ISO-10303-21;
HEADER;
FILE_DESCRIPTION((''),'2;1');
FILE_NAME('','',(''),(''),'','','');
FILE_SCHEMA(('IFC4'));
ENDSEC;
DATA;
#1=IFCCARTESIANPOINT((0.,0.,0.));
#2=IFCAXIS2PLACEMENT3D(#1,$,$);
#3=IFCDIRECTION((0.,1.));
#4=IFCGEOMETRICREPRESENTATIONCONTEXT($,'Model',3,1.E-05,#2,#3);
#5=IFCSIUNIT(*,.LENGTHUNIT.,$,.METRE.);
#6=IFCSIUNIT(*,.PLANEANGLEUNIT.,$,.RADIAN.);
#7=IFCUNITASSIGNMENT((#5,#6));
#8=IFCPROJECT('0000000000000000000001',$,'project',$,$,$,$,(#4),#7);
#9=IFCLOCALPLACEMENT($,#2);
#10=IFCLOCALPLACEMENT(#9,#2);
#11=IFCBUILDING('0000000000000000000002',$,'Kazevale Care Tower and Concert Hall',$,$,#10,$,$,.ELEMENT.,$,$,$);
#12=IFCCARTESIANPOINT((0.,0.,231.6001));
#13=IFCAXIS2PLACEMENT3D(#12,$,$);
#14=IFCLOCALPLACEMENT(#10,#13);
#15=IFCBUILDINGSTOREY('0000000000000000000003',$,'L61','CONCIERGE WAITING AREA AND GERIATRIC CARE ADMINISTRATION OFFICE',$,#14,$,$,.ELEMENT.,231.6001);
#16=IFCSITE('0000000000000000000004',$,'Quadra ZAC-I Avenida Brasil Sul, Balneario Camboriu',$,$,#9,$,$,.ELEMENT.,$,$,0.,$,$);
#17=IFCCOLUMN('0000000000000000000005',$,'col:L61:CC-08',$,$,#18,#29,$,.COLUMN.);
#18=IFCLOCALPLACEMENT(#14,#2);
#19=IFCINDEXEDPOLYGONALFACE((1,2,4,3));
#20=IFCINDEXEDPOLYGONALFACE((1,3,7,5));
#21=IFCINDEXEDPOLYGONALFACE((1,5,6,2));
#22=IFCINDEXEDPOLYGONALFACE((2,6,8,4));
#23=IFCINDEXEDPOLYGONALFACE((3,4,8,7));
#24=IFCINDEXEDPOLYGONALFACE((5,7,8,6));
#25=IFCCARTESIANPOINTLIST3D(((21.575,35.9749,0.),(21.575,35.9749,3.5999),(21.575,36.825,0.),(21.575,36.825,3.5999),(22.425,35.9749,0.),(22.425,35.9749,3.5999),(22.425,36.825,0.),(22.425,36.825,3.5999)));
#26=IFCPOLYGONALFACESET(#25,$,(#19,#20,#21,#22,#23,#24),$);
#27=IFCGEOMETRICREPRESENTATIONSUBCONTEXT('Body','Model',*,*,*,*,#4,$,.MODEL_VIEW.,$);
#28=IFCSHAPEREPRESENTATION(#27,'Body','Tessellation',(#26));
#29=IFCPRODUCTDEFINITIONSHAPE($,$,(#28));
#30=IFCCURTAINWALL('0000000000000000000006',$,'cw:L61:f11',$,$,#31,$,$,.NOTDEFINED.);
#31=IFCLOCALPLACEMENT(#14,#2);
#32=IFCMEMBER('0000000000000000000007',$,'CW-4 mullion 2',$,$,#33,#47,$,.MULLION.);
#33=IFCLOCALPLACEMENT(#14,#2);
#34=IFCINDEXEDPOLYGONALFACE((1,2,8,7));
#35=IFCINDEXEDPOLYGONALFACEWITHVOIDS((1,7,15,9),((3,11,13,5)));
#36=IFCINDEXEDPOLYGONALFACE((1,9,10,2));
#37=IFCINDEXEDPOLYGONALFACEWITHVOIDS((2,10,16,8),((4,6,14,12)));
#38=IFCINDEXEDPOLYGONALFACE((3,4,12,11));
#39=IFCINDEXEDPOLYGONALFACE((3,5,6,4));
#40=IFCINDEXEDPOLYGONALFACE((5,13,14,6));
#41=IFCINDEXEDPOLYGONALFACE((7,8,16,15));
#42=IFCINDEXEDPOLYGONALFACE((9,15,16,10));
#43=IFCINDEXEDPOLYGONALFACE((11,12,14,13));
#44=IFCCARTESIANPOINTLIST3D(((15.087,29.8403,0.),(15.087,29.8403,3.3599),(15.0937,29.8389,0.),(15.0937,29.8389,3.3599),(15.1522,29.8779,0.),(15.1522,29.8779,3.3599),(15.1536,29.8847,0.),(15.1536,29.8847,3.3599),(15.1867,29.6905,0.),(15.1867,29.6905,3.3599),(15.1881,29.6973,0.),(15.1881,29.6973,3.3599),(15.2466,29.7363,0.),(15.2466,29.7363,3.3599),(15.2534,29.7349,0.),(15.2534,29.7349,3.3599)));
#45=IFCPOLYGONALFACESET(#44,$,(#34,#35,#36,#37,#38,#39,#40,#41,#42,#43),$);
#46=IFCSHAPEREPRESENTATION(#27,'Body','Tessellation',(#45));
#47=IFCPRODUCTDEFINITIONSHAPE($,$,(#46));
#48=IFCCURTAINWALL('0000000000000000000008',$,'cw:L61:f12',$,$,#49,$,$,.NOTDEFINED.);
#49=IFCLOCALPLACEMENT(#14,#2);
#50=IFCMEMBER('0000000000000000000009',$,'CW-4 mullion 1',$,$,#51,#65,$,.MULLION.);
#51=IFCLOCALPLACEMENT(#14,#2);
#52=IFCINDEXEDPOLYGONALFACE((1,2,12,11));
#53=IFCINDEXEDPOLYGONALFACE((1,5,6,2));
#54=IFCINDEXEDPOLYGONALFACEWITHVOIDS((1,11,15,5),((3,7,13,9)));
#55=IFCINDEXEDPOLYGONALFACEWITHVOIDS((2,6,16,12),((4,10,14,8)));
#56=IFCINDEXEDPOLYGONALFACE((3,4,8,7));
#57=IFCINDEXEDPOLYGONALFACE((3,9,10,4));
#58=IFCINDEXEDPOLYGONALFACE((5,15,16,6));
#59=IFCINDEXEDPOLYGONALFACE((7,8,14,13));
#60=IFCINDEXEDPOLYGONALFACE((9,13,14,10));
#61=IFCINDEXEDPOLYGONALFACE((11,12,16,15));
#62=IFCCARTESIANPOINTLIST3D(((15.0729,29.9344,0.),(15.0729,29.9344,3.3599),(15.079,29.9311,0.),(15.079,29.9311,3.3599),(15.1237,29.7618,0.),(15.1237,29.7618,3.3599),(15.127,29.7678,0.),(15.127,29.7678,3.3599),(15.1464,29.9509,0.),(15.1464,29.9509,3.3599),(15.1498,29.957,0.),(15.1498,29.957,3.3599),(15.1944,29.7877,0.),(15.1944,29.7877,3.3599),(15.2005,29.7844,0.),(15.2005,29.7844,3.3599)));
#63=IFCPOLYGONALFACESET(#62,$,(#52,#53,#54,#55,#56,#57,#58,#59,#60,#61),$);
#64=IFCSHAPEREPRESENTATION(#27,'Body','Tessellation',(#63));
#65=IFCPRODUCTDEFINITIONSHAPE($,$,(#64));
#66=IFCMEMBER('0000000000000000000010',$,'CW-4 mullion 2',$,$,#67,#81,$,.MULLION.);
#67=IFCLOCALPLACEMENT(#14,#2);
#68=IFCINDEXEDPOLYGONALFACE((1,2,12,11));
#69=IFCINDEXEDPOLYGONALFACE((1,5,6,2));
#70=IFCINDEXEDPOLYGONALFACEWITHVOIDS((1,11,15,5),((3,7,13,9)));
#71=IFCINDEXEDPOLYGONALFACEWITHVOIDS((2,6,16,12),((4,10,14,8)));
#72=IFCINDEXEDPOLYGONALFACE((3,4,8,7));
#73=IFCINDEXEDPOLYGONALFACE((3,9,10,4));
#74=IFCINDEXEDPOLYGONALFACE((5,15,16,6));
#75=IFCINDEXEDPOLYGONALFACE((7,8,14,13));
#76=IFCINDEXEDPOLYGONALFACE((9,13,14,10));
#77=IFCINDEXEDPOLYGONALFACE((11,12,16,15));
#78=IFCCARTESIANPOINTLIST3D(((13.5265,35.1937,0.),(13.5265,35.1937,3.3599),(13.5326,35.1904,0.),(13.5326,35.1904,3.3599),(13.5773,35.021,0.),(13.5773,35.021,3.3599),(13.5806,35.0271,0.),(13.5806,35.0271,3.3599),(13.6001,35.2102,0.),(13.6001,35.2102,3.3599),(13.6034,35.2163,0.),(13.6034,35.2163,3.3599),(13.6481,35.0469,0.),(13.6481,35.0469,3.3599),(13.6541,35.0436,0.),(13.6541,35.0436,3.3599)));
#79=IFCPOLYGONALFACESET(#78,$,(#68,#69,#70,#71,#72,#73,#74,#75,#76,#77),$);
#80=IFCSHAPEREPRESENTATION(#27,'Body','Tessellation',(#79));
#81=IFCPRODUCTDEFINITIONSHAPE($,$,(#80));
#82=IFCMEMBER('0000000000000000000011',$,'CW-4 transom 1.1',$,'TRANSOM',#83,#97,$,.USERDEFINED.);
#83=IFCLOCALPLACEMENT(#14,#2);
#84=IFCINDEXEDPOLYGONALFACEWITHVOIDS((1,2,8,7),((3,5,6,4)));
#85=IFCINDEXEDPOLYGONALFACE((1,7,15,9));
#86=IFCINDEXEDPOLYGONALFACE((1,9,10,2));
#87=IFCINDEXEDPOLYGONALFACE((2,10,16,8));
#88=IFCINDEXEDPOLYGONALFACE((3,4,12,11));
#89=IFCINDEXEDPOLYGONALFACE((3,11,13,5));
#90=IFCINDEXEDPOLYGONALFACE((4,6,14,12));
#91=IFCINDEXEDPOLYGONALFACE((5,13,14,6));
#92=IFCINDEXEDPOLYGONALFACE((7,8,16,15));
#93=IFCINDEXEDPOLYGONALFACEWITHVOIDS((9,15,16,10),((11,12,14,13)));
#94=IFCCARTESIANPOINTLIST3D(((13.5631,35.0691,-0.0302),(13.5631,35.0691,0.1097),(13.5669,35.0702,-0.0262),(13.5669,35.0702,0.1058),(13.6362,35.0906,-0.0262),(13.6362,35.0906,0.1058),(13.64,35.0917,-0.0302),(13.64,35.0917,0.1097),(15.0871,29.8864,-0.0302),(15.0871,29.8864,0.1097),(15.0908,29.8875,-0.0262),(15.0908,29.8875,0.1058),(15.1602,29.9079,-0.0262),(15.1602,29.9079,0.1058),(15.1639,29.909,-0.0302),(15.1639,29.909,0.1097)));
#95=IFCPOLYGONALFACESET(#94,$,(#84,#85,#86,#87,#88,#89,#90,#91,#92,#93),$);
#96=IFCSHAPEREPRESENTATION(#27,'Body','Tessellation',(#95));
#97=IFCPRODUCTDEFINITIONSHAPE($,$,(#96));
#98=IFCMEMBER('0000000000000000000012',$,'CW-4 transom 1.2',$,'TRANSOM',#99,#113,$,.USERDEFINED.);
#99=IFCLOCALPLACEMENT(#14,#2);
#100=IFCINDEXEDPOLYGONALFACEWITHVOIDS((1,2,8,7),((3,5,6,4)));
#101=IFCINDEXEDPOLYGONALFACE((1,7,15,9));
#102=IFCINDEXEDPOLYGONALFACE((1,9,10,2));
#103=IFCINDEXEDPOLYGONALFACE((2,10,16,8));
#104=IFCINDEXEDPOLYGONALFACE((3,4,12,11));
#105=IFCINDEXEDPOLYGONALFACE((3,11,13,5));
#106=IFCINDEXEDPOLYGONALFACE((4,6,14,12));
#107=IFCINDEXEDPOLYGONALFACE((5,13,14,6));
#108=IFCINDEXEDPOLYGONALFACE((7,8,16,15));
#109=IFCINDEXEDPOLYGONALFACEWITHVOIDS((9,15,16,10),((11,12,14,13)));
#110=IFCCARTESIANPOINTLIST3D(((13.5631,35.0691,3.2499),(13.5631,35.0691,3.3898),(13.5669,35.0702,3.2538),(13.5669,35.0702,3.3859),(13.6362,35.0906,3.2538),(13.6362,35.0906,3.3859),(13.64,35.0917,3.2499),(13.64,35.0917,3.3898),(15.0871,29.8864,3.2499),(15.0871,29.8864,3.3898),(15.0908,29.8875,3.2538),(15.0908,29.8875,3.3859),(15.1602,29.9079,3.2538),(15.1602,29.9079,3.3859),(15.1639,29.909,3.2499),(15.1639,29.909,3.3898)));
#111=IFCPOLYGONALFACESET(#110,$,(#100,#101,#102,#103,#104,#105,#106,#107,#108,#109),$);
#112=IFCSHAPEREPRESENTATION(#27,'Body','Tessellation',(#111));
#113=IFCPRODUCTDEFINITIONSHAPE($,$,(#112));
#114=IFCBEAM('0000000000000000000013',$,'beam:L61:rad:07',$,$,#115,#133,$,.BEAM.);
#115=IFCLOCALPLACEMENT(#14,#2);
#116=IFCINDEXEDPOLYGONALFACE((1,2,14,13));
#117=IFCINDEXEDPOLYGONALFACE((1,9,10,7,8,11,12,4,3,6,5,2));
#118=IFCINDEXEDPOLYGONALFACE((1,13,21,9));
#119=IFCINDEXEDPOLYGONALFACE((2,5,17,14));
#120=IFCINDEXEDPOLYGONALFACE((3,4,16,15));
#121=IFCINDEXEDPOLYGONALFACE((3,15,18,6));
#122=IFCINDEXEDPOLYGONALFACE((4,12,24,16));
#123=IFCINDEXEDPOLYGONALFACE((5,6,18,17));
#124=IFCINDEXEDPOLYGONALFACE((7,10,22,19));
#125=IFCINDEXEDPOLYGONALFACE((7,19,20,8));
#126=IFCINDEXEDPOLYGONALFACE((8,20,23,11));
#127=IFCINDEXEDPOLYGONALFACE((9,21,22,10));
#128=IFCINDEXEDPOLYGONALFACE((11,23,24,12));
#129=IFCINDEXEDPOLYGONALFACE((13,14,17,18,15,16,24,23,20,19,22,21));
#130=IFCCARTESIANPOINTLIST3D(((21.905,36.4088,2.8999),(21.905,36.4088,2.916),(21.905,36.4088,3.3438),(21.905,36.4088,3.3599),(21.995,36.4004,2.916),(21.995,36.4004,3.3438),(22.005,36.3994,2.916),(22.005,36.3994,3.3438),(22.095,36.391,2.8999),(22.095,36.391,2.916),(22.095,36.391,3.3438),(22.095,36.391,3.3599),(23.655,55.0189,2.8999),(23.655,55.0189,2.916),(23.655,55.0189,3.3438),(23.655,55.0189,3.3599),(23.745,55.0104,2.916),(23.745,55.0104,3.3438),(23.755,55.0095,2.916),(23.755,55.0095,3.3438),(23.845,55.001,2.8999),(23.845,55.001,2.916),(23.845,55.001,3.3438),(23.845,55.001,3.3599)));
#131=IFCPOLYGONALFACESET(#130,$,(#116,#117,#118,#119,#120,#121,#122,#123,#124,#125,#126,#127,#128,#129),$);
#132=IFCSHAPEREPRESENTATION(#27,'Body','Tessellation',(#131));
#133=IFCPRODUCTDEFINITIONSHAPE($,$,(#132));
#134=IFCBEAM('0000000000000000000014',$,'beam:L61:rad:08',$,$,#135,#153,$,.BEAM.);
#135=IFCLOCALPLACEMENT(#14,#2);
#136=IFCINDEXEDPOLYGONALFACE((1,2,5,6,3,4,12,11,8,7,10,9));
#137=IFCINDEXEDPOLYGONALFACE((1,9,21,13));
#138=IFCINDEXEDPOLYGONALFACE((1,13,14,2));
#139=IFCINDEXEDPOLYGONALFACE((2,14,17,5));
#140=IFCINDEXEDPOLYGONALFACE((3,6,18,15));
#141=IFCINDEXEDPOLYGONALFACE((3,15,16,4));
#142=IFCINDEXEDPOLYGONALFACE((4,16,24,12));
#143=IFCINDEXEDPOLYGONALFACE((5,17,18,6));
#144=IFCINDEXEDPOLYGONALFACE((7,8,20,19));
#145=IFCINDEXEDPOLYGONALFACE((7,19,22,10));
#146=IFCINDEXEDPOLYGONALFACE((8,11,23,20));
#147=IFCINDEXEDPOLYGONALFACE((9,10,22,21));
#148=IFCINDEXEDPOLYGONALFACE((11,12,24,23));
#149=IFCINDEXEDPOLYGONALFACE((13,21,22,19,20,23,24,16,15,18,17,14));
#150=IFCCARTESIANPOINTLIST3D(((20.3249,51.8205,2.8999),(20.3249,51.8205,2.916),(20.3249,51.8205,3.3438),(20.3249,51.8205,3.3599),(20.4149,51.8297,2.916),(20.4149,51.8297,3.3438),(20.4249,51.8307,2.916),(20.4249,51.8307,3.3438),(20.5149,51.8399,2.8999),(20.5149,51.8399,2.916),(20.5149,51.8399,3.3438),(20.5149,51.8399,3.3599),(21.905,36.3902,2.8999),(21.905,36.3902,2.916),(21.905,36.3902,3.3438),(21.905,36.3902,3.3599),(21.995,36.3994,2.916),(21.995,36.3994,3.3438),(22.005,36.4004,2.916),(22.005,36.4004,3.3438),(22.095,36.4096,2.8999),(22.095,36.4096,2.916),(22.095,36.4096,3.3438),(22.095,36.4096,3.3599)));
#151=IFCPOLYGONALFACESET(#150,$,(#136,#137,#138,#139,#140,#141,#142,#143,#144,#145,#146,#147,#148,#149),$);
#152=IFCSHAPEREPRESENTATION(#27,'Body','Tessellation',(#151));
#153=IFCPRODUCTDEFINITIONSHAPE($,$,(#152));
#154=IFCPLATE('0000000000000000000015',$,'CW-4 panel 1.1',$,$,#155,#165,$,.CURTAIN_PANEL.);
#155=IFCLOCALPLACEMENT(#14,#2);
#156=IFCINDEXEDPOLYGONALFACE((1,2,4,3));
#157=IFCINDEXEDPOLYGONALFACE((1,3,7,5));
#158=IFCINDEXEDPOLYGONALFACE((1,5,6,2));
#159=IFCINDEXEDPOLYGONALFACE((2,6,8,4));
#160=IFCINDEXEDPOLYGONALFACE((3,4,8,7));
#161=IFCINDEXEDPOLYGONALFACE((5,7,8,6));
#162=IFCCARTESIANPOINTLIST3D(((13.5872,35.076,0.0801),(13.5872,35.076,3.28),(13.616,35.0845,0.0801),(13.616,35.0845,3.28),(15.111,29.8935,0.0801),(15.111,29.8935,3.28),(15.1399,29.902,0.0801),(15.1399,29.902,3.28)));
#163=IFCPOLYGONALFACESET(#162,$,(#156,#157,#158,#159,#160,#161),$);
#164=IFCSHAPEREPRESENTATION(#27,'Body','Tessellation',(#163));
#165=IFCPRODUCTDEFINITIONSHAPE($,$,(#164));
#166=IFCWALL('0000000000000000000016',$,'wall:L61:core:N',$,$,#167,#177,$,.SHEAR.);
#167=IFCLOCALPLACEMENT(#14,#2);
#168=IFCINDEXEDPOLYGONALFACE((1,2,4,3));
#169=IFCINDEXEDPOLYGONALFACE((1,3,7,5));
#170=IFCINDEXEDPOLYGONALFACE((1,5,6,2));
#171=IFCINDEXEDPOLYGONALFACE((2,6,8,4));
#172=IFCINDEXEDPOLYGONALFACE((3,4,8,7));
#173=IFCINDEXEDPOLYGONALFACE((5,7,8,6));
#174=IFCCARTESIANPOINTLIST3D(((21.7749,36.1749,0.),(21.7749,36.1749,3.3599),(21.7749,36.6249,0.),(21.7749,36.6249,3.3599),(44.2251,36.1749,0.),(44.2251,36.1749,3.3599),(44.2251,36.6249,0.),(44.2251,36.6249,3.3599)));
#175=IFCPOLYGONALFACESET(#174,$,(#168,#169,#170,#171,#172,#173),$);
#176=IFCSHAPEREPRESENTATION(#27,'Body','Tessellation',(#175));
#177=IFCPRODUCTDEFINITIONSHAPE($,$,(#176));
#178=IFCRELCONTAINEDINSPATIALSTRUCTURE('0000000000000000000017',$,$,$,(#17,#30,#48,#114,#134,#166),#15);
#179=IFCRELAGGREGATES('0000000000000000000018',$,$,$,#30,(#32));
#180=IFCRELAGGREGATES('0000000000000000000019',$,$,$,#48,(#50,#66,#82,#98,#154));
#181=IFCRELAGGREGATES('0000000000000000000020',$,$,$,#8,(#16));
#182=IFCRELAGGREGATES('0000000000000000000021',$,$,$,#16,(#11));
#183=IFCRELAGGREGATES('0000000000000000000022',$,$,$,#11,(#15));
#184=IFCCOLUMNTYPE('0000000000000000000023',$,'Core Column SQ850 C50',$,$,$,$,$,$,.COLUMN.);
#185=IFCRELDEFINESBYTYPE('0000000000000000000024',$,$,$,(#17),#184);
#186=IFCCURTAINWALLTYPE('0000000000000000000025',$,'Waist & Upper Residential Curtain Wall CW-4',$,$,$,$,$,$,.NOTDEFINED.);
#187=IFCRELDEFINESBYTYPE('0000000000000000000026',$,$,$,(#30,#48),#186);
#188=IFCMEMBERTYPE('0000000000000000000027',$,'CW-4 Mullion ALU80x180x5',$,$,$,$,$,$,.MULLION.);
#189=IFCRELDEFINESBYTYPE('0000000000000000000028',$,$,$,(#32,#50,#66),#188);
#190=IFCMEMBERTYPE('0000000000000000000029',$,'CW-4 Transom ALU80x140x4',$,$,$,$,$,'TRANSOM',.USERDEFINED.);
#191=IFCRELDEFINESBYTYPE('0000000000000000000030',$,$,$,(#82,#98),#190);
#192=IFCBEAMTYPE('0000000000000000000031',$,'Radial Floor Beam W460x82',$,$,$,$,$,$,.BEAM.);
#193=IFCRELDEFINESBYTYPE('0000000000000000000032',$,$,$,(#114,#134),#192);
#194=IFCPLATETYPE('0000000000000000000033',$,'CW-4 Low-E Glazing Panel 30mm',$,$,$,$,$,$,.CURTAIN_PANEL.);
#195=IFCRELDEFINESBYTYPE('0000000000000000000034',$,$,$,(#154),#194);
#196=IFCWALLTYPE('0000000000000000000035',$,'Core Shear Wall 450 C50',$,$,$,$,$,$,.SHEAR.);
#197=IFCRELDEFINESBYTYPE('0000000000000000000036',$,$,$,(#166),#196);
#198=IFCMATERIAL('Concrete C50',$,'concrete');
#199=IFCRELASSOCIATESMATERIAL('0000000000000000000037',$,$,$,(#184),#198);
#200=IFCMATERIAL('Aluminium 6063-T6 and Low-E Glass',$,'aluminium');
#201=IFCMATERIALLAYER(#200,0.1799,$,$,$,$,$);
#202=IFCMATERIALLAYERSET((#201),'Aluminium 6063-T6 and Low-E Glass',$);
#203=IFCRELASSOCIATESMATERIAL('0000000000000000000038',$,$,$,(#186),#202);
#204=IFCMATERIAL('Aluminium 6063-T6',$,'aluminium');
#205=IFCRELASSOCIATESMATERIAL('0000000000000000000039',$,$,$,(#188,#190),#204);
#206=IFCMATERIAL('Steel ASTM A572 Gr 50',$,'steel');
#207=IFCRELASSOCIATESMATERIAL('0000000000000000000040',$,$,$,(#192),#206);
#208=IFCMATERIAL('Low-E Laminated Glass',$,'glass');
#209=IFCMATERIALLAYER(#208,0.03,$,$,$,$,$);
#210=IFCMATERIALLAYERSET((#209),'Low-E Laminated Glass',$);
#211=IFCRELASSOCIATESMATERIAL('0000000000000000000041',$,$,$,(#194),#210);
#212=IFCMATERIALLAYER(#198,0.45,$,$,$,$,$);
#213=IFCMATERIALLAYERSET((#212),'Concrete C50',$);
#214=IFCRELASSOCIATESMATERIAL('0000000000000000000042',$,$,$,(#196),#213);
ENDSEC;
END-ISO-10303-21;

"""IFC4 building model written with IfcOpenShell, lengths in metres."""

from ifc_helpers import new_model, si_unit, direction, frame, frame_2d, origin, origin_2d, place, context, subcontext, project, spatial, rectangle, hollow_rectangle, i_section, extrude, material, layer, layer_set, material_profile, profile_set, type_object, element, aggregate, save


model = new_model("IFC4")

# Units and contexts
model_context = context("Model", 3, precision=1e-05, world=origin(), true_north=direction((0.0, 1.0)))
body_context = subcontext(model_context, "Body", "Model", "MODEL_VIEW")
ifc_project = project(units=[si_unit("LENGTHUNIT", "METRE"), si_unit("PLANEANGLEUNIT", "RADIAN")], contexts=[model_context])

# Site, building, storey
site_placement = place(None, origin())
site = spatial("IfcSite", under=ifc_project, at=site_placement, Name="Quadra ZAC-I Avenida Brasil Sul, Balneario Camboriu", CompositionType="ELEMENT", RefElevation=0.0)
building_placement = place(site_placement, origin())
building = spatial("IfcBuilding", under=site, at=building_placement, Name="Kazevale Care Tower and Concert Hall", CompositionType="ELEMENT")
storey_placement = place(building_placement, frame((0.0, 0.0, 231.6001)))
storey = spatial("IfcBuildingStorey", under=building, at=storey_placement, Name="L61", Description="CONCIERGE WAITING AREA AND GERIATRIC CARE ADMINISTRATION OFFICE", CompositionType="ELEMENT", Elevation=231.6001)

# Column
ifc_material_1 = material(Name="Concrete C50", Category="concrete")
ifc_material_profile_1 = material_profile(ifc_material_1, rectangle(XDim=0.8501, YDim=0.8501, at=origin_2d()), Name="RC-SQ850")
ifc_profile_set_1 = profile_set([ifc_material_profile_1], Name="Concrete C50")
column_type = type_object("IfcColumnType", Name="Core Column SQ850 C50", PredefinedType="COLUMN", material=ifc_profile_set_1)
column_placement = place(storey_placement, frame((22.0, 36.3999, 0.0), z_axis=(0.0, 0.0, 1.0), x_axis=(1.0, 0.0, 0.0)))
element("IfcColumn", 1, at=column_placement, inside=storey, type_object=column_type, Name="col:L61:CC-08", PredefinedType="COLUMN", context=body_context, shape_type="SweptSolid", body=[
    extrude(rectangle(XDim=0.8501, YDim=0.8501, at=origin_2d()), origin(), (0.0, 0.0, 1.0), 3.5999),
])

# Curtain wall, member
ifc_material_2 = material(Name="Aluminium 6063-T6 and Low-E Glass", Category="aluminium")
ifc_layer_1 = layer(ifc_material_2, 0.1799)
ifc_layer_set_1 = layer_set([ifc_layer_1], Name="Aluminium 6063-T6 and Low-E Glass")
curtain_wall_type = type_object("IfcCurtainWallType", Name="Waist & Upper Residential Curtain Wall CW-4", PredefinedType="NOTDEFINED", material=ifc_layer_set_1)
curtain_wall_1_placement = place(storey_placement, origin())
curtain_wall_1 = element("IfcCurtainWall", 2, at=curtain_wall_1_placement, inside=storey, type_object=curtain_wall_type, Name="cw:L61:f11", PredefinedType="NOTDEFINED")
ifc_material_3 = material(Name="Aluminium 6063-T6", Category="aluminium")
ifc_material_profile_2 = material_profile(ifc_material_3, hollow_rectangle(XDim=0.0801, YDim=0.1799, WallThickness=0.0049, at=origin_2d()), Name="ALU80x180x5")
ifc_profile_set_2 = profile_set([ifc_material_profile_2], Name="Aluminium 6063-T6")
member_type_1 = type_object("IfcMemberType", Name="CW-4 Mullion ALU80x180x5", PredefinedType="MULLION", material=ifc_profile_set_2)
member_1_placement = place(storey_placement, frame((15.1702, 29.7876, 0.0), z_axis=(0.0, 0.0, 1.0), x_axis=(-0.832106, -0.554617, 0.0)))
member_1 = element("IfcMember", 3, at=member_1_placement, type_object=member_type_1, Name="CW-4 mullion 2", PredefinedType="MULLION", context=body_context, shape_type="SweptSolid", body=[
    extrude(hollow_rectangle(XDim=0.0801, YDim=0.1799, WallThickness=0.0049, at=origin_2d()), origin(), (0.0, 0.0, 1.0), 3.3599),
])
aggregate(curtain_wall_1, [member_1])

# Curtain wall, members
curtain_wall_2_placement = place(storey_placement, origin())
curtain_wall_2 = element("IfcCurtainWall", 4, at=curtain_wall_2_placement, inside=storey, type_object=curtain_wall_type, Name="cw:L61:f12", PredefinedType="NOTDEFINED")
member_2_placement = place(storey_placement, frame((15.1367, 29.8594, 0.0), z_axis=(0.0, 0.0, 1.0), x_axis=(-0.959386, -0.282098, 0.0)))
member_2 = element("IfcMember", 5, at=member_2_placement, type_object=member_type_1, Name="CW-4 mullion 1", PredefinedType="MULLION", context=body_context, shape_type="SweptSolid", body=[
    extrude(hollow_rectangle(XDim=0.0801, YDim=0.1799, WallThickness=0.0049, at=origin_2d()), origin(), (0.0, 0.0, 1.0), 3.3599),
])
member_3_placement = place(storey_placement, frame((13.5903, 35.1187, 0.0), z_axis=(0.0, 0.0, 1.0), x_axis=(-0.959386, -0.282098, 0.0)))
member_3 = element("IfcMember", 6, at=member_3_placement, type_object=member_type_1, Name="CW-4 mullion 2", PredefinedType="MULLION", context=body_context, shape_type="SweptSolid", body=[
    extrude(hollow_rectangle(XDim=0.0801, YDim=0.1799, WallThickness=0.0049, at=origin_2d()), origin(), (0.0, 0.0, 1.0), 3.3599),
])
ifc_material_profile_3 = material_profile(ifc_material_3, hollow_rectangle(XDim=0.0801, YDim=0.1399, WallThickness=0.0039, at=origin_2d()), Name="ALU80x140x4")
ifc_profile_set_3 = profile_set([ifc_material_profile_3], Name="Aluminium 6063-T6")
member_type_2 = type_object("IfcMemberType", Name="CW-4 Transom ALU80x140x4", ElementType="TRANSOM", PredefinedType="USERDEFINED", material=ifc_profile_set_3)
member_4_placement = place(storey_placement, frame((15.1255, 29.8977, 0.0398), z_axis=(-0.282103, 0.959384, 0.0), x_axis=(-0.959384, -0.282103, 0.0)))
member_4 = element("IfcMember", 7, at=member_4_placement, type_object=member_type_2, Name="CW-4 transom 1.1", ObjectType="TRANSOM", PredefinedType="USERDEFINED", context=body_context, shape_type="SweptSolid", body=[
    extrude(hollow_rectangle(XDim=0.0801, YDim=0.1399, WallThickness=0.0039, at=origin_2d()), origin(), (0.0, 0.0, 1.0), 5.4021),
])
member_5_placement = place(storey_placement, frame((15.1255, 29.8977, 3.3198), z_axis=(-0.282103, 0.959384, 0.0), x_axis=(-0.959384, -0.282103, 0.0)))
member_5 = element("IfcMember", 8, at=member_5_placement, type_object=member_type_2, Name="CW-4 transom 1.2", ObjectType="TRANSOM", PredefinedType="USERDEFINED", context=body_context, shape_type="SweptSolid", body=[
    extrude(hollow_rectangle(XDim=0.0801, YDim=0.1399, WallThickness=0.0039, at=origin_2d()), origin(), (0.0, 0.0, 1.0), 5.4021),
])

# Beams
ifc_material_4 = material(Name="Steel ASTM A572 Gr 50", Category="steel")
ifc_material_profile_4 = material_profile(ifc_material_4, i_section(OverallWidth=0.1909, OverallDepth=0.46, WebThickness=0.01, FlangeThickness=0.0161, at=origin_2d()), Name="W460x82")
ifc_profile_set_4 = profile_set([ifc_material_profile_4], Name="Steel ASTM A572 Gr 50")
beam_type = type_object("IfcBeamType", Name="Radial Floor Beam W460x82", PredefinedType="BEAM", material=ifc_profile_set_4)
beam_1_placement = place(storey_placement, frame((22.0, 36.3999, 3.1299), z_axis=(0.093622, 0.995608, 0.0), x_axis=(-0.995608, 0.093622, 0.0)))
element("IfcBeam", 9, at=beam_1_placement, inside=storey, type_object=beam_type, Name="beam:L61:rad:07", PredefinedType="BEAM", context=body_context, shape_type="SweptSolid", body=[
    extrude(i_section(OverallWidth=0.1909, OverallDepth=0.46, WebThickness=0.01, FlangeThickness=0.0161, at=origin_2d()), origin(), (0.0, 0.0, 1.0), 18.6921),
])
beam_2_placement = place(storey_placement, frame((22.0, 36.3999, 3.1299), z_axis=(-0.101869, 0.994798, 0.0), x_axis=(-0.994798, -0.101869, 0.0)))
element("IfcBeam", 10, at=beam_2_placement, inside=storey, type_object=beam_type, Name="beam:L61:rad:08", PredefinedType="BEAM", context=body_context, shape_type="SweptSolid", body=[
    extrude(i_section(OverallWidth=0.1909, OverallDepth=0.46, WebThickness=0.01, FlangeThickness=0.0161, at=origin_2d()), origin(), (0.0, 0.0, 1.0), 15.511),
])

# Plate
ifc_material_5 = material(Name="Low-E Laminated Glass", Category="glass")
ifc_layer_2 = layer(ifc_material_5, 0.03)
ifc_layer_set_2 = layer_set([ifc_layer_2], Name="Low-E Laminated Glass")
plate_type = type_object("IfcPlateType", Name="CW-4 Low-E Glazing Panel 30mm", PredefinedType="CURTAIN_PANEL", material=ifc_layer_set_2)
plate_placement = place(storey_placement, frame((14.3635, 32.489, 0.0801), z_axis=(0.0, 0.0, 1.0), x_axis=(-0.282098, 0.959386, 0.0)))
plate = element("IfcPlate", 11, at=plate_placement, type_object=plate_type, Name="CW-4 panel 1.1", PredefinedType="CURTAIN_PANEL", context=body_context, shape_type="SweptSolid", body=[
    extrude(rectangle(XDim=5.4019, YDim=0.03, at=origin_2d()), origin(), (0.0, 0.0, 1.0), 3.2),
])
aggregate(curtain_wall_2, [member_2, member_3, member_4, member_5, plate])

# Wall
ifc_layer_3 = layer(ifc_material_1, 0.45)
ifc_layer_set_3 = layer_set([ifc_layer_3], Name="Concrete C50")
wall_type_1 = type_object("IfcWallType", Name="Core Shear Wall 450 C50", PredefinedType="SHEAR", material=ifc_layer_set_3)
wall_1_placement = place(storey_placement, frame((21.7749, 36.3999, 0.0), z_axis=(0.0, 0.0, 1.0), x_axis=(1.0, 0.0, 0.0)))
element("IfcWall", 12, at=wall_1_placement, inside=storey, type_object=wall_type_1, Name="wall:L61:core:N", PredefinedType="SHEAR", context=body_context, shape_type="SweptSolid", body=[
    extrude(rectangle(XDim=22.4502, YDim=0.45, at=frame_2d((11.2251, 0.0))), origin(), (0.0, 0.0, 1.0), 3.3599),
])

save(model, "model.ifc")
